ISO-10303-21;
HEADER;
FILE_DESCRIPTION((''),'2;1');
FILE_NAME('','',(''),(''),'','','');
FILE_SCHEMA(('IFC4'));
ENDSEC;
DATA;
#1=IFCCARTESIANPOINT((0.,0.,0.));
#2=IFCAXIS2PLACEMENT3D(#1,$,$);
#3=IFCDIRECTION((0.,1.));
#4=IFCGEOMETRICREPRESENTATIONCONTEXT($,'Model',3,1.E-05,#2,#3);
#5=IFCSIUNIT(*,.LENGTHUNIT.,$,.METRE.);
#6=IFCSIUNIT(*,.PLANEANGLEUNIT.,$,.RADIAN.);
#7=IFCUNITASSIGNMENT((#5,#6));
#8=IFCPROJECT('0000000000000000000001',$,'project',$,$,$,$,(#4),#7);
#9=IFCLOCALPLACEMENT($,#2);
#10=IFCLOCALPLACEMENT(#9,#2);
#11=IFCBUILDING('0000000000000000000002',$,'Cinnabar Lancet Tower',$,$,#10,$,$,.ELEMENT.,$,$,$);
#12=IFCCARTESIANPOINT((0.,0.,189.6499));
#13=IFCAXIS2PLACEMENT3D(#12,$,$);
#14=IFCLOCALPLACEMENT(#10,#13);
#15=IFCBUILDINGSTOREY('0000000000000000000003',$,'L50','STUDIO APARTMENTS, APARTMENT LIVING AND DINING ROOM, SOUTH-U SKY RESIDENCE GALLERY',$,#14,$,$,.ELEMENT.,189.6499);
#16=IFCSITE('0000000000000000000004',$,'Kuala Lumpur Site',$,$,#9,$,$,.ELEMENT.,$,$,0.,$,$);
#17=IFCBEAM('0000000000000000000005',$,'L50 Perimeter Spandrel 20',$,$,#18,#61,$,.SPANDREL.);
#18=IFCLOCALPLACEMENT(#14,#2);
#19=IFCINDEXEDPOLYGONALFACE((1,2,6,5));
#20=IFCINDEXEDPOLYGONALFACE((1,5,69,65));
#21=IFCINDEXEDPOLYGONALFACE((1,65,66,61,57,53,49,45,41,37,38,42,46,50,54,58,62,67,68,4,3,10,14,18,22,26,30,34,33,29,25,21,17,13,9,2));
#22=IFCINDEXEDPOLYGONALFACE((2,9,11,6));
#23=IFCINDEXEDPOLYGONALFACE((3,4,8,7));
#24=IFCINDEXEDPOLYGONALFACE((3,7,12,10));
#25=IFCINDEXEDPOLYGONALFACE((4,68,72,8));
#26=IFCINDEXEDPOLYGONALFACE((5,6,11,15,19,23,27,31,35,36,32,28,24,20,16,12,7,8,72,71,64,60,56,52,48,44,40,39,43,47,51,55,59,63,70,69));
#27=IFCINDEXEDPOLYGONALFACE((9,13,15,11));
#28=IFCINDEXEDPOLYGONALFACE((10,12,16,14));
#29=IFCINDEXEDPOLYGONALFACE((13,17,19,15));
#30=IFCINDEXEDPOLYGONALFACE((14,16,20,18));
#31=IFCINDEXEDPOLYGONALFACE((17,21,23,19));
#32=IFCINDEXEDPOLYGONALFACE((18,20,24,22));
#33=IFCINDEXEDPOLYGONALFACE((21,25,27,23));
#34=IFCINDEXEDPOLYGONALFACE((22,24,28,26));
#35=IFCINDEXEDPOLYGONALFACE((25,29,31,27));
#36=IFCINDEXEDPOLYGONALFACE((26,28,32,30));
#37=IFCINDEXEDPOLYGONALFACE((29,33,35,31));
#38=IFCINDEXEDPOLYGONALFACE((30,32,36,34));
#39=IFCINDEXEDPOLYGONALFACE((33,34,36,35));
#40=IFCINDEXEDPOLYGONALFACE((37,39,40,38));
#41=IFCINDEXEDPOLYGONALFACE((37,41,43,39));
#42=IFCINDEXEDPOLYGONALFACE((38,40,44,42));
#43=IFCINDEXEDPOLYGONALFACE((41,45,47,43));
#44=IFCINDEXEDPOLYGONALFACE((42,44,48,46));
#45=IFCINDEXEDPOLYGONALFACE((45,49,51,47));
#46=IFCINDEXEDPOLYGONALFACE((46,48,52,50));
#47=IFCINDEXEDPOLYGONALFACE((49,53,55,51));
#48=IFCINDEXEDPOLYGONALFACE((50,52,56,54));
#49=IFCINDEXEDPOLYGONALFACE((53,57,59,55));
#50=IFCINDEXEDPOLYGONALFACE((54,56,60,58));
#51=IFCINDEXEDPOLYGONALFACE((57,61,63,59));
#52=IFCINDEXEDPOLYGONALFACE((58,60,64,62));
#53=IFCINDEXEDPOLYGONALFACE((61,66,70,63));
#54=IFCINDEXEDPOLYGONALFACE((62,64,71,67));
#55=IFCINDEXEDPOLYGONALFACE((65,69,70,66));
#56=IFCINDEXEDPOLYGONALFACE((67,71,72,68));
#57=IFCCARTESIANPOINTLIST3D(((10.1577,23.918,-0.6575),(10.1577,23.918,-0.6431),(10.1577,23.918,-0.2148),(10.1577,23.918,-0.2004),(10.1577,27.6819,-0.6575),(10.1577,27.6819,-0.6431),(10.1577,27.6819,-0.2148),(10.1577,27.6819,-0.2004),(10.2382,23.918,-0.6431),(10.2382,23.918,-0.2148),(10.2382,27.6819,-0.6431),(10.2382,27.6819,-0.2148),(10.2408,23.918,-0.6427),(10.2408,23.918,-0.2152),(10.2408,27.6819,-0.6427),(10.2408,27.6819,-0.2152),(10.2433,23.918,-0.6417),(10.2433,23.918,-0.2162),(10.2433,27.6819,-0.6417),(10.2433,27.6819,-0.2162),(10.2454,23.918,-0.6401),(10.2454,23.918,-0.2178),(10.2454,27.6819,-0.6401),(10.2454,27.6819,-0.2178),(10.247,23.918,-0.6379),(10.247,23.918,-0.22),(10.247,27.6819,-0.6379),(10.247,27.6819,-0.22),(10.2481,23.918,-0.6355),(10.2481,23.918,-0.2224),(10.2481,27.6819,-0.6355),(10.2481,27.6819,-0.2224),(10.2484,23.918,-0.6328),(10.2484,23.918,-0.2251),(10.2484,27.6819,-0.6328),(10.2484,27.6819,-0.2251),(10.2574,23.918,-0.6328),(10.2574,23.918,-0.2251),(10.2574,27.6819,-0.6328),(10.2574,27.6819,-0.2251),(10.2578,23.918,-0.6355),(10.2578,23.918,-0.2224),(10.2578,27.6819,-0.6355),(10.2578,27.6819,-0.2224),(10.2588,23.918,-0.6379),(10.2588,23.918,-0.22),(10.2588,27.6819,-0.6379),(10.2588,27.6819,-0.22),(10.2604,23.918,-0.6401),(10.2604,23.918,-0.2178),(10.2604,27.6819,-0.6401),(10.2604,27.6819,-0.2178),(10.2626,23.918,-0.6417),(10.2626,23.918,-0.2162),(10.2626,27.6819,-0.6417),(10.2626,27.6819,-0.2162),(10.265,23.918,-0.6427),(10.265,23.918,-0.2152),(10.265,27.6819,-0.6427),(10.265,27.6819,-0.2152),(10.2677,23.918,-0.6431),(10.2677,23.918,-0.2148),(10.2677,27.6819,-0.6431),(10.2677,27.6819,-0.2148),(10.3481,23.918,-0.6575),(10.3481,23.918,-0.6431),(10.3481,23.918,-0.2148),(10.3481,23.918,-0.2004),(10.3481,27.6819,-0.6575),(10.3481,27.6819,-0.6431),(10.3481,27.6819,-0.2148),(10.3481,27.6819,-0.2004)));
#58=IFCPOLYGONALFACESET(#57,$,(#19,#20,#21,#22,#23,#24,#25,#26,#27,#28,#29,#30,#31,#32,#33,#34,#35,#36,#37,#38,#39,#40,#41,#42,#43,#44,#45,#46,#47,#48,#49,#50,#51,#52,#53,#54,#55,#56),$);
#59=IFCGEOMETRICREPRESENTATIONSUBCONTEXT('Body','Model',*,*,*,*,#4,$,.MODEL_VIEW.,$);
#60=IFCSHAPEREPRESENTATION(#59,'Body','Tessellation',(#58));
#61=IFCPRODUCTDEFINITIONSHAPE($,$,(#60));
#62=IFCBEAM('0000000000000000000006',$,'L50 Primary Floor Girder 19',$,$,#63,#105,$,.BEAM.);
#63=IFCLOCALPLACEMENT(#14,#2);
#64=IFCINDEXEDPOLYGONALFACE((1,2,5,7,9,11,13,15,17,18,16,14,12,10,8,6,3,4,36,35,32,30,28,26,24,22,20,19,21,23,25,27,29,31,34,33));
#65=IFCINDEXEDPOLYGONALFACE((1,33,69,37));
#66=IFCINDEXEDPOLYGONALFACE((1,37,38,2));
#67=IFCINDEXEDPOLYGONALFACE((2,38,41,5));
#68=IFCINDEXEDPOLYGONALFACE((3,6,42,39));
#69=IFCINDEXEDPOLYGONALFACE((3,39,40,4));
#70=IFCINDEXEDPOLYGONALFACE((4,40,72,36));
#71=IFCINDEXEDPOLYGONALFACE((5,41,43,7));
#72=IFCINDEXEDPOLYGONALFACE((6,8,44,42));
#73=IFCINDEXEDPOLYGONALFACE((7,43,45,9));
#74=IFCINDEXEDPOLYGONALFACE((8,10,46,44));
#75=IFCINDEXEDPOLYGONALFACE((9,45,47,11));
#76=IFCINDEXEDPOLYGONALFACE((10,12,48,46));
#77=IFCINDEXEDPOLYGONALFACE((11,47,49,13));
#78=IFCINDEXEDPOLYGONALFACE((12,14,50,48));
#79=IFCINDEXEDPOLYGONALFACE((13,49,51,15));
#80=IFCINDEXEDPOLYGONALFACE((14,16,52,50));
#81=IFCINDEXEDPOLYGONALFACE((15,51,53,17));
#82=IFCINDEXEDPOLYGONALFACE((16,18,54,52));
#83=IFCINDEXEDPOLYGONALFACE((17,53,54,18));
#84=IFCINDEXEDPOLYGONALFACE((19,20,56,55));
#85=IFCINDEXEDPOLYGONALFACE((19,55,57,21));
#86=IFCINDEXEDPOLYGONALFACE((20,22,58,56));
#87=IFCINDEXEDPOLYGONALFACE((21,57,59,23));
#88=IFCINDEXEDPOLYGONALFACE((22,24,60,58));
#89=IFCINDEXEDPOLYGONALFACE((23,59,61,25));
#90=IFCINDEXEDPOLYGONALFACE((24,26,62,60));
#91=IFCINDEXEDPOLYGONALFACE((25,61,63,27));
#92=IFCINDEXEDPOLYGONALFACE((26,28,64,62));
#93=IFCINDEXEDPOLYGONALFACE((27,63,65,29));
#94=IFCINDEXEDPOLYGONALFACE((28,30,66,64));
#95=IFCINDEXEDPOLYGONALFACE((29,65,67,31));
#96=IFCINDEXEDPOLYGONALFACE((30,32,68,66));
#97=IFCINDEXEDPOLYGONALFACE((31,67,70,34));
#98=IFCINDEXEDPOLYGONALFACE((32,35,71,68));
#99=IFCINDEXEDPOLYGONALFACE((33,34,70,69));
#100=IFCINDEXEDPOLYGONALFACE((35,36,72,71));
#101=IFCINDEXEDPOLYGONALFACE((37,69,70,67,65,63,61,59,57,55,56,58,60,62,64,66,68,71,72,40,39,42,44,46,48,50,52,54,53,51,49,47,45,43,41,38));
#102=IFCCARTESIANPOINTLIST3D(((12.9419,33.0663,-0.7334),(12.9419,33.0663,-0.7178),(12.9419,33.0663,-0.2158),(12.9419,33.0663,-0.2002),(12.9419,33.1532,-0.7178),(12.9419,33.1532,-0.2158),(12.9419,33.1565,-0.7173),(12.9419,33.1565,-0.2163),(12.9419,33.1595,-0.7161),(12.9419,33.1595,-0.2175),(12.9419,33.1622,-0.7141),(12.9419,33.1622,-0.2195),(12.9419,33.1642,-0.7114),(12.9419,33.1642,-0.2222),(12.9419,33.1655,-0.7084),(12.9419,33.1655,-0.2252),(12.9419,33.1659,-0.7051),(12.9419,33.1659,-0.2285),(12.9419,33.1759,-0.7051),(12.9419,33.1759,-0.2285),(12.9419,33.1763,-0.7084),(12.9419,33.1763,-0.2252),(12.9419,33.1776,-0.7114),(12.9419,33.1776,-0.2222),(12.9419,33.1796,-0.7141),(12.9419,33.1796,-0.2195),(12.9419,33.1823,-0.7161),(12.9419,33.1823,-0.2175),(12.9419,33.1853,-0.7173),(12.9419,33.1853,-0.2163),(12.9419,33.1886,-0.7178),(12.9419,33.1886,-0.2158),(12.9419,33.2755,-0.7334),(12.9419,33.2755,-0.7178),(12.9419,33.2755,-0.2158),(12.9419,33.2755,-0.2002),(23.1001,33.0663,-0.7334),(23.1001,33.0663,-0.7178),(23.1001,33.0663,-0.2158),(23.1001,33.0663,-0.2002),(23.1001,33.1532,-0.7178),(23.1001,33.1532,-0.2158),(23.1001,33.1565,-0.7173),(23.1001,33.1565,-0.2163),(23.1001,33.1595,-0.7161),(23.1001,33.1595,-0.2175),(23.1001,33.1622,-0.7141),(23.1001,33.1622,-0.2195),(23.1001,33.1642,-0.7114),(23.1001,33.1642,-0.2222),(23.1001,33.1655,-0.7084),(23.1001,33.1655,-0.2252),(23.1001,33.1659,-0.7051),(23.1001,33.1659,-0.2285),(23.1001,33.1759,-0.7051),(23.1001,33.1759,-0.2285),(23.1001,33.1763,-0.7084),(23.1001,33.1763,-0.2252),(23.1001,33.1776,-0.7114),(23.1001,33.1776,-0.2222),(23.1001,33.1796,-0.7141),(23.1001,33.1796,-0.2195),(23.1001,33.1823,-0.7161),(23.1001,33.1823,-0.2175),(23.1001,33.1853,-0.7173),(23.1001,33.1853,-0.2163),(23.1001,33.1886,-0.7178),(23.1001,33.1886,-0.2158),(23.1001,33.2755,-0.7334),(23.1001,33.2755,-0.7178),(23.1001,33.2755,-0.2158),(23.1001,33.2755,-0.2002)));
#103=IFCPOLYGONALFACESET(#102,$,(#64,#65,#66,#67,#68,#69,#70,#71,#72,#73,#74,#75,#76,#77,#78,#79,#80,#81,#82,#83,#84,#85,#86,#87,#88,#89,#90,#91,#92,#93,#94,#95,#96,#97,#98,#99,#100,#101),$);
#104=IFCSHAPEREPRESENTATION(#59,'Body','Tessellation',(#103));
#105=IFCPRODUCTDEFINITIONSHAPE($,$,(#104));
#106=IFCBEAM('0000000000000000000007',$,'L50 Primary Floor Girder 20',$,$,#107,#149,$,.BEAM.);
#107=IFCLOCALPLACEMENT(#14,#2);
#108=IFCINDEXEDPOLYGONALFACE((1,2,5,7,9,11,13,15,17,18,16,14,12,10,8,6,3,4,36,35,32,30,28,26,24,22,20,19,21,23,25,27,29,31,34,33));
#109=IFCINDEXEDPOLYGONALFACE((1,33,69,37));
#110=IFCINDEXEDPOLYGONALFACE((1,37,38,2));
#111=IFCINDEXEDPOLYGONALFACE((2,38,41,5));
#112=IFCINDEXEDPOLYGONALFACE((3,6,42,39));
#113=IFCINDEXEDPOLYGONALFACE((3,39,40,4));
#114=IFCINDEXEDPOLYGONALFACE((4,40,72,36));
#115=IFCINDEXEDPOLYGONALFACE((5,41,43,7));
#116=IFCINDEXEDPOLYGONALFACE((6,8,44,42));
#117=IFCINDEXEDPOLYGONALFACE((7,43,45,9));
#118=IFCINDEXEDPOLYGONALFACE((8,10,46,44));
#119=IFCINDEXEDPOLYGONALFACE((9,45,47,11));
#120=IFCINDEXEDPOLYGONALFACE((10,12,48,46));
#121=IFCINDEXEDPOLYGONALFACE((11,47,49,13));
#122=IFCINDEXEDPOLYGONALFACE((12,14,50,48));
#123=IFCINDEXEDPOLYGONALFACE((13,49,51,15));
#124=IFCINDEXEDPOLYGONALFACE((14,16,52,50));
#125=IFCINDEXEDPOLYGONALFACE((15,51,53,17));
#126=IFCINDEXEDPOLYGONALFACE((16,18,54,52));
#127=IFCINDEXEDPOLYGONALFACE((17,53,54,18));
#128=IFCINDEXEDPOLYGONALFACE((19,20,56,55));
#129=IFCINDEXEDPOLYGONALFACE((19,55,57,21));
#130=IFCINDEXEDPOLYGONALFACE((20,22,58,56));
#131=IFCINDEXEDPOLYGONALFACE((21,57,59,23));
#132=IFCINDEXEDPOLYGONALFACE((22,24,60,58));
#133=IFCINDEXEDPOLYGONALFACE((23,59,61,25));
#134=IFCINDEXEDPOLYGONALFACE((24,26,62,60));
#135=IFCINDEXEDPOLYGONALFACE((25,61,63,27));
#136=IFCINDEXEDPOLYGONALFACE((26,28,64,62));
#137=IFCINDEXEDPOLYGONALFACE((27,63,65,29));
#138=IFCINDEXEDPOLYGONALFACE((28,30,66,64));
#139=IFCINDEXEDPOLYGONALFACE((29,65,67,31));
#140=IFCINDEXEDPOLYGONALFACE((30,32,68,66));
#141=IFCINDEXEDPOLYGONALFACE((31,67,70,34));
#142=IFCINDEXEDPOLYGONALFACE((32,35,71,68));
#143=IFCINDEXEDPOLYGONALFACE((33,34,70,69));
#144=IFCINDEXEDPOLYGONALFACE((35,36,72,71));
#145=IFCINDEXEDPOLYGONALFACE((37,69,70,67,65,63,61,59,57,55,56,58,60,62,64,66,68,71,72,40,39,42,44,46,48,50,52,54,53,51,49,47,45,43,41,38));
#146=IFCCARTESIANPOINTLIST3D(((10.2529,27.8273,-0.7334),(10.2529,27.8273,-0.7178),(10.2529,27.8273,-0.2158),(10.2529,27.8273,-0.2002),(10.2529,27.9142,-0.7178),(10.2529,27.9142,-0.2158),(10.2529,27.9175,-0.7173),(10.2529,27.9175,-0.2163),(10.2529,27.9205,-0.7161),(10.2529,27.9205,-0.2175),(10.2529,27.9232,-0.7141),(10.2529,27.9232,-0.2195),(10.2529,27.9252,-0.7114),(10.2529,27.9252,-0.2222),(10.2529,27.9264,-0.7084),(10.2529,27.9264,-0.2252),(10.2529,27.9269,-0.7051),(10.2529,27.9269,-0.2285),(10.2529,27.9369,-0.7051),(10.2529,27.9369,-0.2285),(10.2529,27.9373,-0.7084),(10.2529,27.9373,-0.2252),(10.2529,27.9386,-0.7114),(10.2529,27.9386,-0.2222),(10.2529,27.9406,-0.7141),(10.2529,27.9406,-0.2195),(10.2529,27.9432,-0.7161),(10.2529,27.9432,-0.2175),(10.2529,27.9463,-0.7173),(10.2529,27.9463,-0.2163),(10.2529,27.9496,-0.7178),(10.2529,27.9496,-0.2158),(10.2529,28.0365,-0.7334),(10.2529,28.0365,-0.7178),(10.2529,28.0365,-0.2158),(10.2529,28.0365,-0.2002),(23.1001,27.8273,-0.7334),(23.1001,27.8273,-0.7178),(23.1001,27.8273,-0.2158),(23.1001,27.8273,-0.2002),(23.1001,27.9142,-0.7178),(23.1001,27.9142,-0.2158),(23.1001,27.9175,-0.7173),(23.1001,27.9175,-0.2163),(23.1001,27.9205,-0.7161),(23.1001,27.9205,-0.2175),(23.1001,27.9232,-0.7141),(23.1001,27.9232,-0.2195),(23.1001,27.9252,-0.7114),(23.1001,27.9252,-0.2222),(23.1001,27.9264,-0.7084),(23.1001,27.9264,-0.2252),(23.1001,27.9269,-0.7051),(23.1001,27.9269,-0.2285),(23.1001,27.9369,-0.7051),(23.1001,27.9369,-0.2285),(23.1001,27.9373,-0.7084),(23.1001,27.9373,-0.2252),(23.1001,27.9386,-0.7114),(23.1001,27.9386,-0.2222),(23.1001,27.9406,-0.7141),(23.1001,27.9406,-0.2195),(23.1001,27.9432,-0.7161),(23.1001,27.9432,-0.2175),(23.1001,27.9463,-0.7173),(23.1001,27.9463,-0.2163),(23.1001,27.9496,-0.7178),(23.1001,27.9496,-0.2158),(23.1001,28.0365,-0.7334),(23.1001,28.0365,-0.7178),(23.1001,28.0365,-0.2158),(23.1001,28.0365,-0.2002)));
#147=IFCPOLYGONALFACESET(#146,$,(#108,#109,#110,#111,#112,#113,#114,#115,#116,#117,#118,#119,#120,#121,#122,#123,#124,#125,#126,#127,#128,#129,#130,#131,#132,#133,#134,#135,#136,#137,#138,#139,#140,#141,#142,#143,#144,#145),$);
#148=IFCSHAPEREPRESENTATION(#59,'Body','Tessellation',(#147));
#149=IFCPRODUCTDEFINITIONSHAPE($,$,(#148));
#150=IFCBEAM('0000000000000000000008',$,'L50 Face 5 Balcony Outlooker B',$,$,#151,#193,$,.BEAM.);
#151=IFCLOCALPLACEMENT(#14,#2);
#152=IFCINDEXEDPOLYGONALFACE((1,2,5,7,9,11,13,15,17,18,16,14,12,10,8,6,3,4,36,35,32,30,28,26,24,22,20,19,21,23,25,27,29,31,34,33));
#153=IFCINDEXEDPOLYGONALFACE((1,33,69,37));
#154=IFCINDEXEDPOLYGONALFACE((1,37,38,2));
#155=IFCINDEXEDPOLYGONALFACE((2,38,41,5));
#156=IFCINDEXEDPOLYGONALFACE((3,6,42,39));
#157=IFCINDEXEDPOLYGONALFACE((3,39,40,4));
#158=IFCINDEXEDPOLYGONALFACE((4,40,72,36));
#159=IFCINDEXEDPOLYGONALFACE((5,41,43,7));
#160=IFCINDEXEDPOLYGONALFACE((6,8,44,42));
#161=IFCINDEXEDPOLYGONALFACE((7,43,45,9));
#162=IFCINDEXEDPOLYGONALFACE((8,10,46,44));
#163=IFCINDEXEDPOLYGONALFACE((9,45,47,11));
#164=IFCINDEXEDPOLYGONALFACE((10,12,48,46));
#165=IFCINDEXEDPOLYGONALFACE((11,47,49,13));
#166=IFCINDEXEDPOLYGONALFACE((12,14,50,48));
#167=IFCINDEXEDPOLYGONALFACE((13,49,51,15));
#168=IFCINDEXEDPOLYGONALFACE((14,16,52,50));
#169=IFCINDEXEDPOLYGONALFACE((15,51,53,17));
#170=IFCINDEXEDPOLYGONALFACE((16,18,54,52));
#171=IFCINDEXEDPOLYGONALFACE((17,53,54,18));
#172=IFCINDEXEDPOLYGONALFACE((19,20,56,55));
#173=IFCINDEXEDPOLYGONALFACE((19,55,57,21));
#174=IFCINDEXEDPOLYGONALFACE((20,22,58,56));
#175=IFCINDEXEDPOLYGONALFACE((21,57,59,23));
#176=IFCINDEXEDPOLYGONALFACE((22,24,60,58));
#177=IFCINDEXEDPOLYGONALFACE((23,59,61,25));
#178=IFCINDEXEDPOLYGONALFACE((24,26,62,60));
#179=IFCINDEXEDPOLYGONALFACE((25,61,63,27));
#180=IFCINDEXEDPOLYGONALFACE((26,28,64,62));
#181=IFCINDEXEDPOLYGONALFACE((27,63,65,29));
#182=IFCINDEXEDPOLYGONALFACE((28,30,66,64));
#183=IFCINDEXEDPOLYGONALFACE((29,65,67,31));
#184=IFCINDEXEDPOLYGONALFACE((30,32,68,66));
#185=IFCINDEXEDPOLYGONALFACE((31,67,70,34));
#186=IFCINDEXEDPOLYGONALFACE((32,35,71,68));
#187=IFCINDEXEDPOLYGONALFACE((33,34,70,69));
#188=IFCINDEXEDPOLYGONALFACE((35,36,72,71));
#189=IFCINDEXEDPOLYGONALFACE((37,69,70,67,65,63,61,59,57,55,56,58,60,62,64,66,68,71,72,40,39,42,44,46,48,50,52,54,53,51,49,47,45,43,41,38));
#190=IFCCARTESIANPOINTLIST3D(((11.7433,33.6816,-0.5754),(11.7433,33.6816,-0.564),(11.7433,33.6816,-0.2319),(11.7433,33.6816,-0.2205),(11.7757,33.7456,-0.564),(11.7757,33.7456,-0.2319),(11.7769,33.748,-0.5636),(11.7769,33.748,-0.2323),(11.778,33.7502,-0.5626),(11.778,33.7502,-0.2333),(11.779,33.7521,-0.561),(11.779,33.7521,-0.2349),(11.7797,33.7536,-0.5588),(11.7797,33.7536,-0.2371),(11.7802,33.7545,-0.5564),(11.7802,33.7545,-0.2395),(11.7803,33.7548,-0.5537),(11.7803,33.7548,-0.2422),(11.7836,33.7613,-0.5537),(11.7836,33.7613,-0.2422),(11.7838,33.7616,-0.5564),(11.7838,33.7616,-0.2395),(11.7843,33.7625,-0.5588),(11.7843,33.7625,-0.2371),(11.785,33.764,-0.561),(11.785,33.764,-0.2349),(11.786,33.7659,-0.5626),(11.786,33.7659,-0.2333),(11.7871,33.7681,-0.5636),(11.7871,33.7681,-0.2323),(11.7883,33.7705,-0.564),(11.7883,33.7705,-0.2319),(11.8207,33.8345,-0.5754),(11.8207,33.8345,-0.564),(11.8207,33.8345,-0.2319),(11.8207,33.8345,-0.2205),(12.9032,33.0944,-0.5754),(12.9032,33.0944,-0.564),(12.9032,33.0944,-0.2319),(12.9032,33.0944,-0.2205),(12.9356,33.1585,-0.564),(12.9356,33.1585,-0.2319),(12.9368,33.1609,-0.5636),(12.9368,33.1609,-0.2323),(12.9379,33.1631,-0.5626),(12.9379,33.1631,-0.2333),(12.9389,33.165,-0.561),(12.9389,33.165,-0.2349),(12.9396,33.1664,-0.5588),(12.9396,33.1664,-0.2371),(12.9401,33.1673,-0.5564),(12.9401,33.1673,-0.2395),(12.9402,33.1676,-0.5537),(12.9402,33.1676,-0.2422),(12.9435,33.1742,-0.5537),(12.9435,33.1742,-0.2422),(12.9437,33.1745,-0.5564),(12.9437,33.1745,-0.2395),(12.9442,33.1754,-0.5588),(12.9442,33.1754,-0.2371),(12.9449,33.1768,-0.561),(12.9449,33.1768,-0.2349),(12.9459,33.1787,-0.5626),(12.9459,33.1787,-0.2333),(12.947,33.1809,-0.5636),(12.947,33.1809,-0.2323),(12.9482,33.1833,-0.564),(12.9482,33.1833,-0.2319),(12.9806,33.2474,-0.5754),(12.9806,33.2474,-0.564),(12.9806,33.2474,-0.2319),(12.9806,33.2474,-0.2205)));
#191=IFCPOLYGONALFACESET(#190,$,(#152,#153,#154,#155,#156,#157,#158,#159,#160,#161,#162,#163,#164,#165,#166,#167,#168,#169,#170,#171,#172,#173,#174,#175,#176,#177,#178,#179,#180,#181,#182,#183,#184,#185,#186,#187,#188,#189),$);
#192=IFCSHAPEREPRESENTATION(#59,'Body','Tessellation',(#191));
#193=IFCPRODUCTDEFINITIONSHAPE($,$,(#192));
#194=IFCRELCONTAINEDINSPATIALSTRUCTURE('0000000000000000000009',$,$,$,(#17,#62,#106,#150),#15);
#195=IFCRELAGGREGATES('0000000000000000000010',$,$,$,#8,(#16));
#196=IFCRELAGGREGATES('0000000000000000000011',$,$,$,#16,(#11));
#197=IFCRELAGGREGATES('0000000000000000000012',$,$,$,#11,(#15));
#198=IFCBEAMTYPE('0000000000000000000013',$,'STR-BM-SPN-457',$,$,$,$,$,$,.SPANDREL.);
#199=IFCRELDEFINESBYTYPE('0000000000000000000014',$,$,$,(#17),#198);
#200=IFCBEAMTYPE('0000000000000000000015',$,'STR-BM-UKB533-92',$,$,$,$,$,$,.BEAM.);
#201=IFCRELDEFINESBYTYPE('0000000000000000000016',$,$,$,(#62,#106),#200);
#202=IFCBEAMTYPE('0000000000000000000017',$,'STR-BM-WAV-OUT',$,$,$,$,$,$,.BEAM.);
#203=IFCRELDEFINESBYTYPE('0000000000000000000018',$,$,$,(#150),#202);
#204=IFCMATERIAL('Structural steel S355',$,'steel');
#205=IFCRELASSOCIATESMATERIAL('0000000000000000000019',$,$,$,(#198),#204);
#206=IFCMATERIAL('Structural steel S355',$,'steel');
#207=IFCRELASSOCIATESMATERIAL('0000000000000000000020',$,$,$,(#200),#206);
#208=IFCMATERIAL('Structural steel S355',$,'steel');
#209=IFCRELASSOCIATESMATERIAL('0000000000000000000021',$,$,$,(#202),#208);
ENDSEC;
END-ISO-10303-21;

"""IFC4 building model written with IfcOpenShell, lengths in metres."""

from ifc_helpers import new_model, si_unit, direction, frame, origin, origin_2d, place, context, subcontext, project, spatial, i_section, extrude, material, material_profile, profile_set, type_object, element, save


model = new_model("IFC4")

# Units and contexts
model_context = context("Model", 3, precision=1e-05, world=origin(), true_north=direction((0.0, 1.0)))
body_context = subcontext(model_context, "Body", "Model", "MODEL_VIEW")
ifc_project = project(units=[si_unit("LENGTHUNIT", "METRE"), si_unit("PLANEANGLEUNIT", "RADIAN")], contexts=[model_context])

# Site, building, storey
site_placement = place(None, origin())
site = spatial("IfcSite", under=ifc_project, at=site_placement, Name="Kuala Lumpur Site", CompositionType="ELEMENT", RefElevation=0.0)
building_placement = place(site_placement, origin())
building = spatial("IfcBuilding", under=site, at=building_placement, Name="Cinnabar Lancet Tower", CompositionType="ELEMENT")
storey_placement = place(building_placement, frame((0.0, 0.0, 189.6499)))
storey = spatial("IfcBuildingStorey", under=building, at=storey_placement, Name="L50", Description="STUDIO APARTMENTS, APARTMENT LIVING AND DINING ROOM, SOUTH-U SKY RESIDENCE GALLERY", CompositionType="ELEMENT", Elevation=189.6499)

# Beams
ifc_material_1 = material(Name="Structural steel S355", Category="steel")
ifc_material_profile_1 = material_profile(ifc_material_1, i_section(OverallWidth=0.1904, OverallDepth=0.457, WebThickness=0.009, FlangeThickness=0.0144, FilletRadius=0.0103, at=origin_2d()), Name="UKB 457x191x74")
ifc_profile_set_1 = profile_set([ifc_material_profile_1], Name="Structural steel S355")
beam_type_1 = type_object("IfcBeamType", Name="STR-BM-SPN-457", PredefinedType="SPANDREL", material=ifc_profile_set_1)
beam_1_placement = place(storey_placement, frame((10.2529, 27.6819, -0.429), z_axis=(0.0, -1.0, 0.0), x_axis=(1.0, 0.0, 0.0)))
element("IfcBeam", 1, at=beam_1_placement, inside=storey, type_object=beam_type_1, Name="L50 Perimeter Spandrel 20", PredefinedType="SPANDREL", context=body_context, shape_type="SweptSolid", body=[
    extrude(i_section(OverallWidth=0.1904, OverallDepth=0.457, WebThickness=0.009, FlangeThickness=0.0144, FilletRadius=0.0103, at=origin_2d()), origin(), (0.0, 0.0, 1.0), 3.7639),
])
ifc_material_2 = material(Name="Structural steel S355", Category="steel")
ifc_material_profile_2 = material_profile(ifc_material_2, i_section(OverallWidth=0.2092, OverallDepth=0.5332, WebThickness=0.01, FlangeThickness=0.0156, FilletRadius=0.0127, at=origin_2d()), Name="UKB 533x210x92")
ifc_profile_set_2 = profile_set([ifc_material_profile_2], Name="Structural steel S355")
beam_type_2 = type_object("IfcBeamType", Name="STR-BM-UKB533-92", PredefinedType="BEAM", material=ifc_profile_set_2)
beam_2_placement = place(storey_placement, frame((12.9419, 33.1709, -0.4668), z_axis=(1.0, 0.0, 0.0), x_axis=(0.0, 1.0, 0.0)))
element("IfcBeam", 2, at=beam_2_placement, inside=storey, type_object=beam_type_2, Name="L50 Primary Floor Girder 19", PredefinedType="BEAM", context=body_context, shape_type="SweptSolid", body=[
    extrude(i_section(OverallWidth=0.2092, OverallDepth=0.5332, WebThickness=0.01, FlangeThickness=0.0156, FilletRadius=0.0127, at=origin_2d()), origin(), (0.0, 0.0, 1.0), 10.1582),
])
beam_3_placement = place(storey_placement, frame((10.2529, 27.9319, -0.4668), z_axis=(1.0, 0.0, 0.0), x_axis=(0.0, 1.0, 0.0)))
element("IfcBeam", 3, at=beam_3_placement, inside=storey, type_object=beam_type_2, Name="L50 Primary Floor Girder 20", PredefinedType="BEAM", context=body_context, shape_type="SweptSolid", body=[
    extrude(i_section(OverallWidth=0.2092, OverallDepth=0.5332, WebThickness=0.01, FlangeThickness=0.0156, FilletRadius=0.0127, at=origin_2d()), origin(), (0.0, 0.0, 1.0), 12.8472),
])
ifc_material_3 = material(Name="Structural steel S355", Category="steel")
ifc_material_profile_3 = material_profile(ifc_material_3, i_section(OverallWidth=0.1714, OverallDepth=0.355, WebThickness=0.0073, FlangeThickness=0.0115, FilletRadius=0.0103, at=origin_2d()), Name="UKB 356x171x51")
ifc_profile_set_3 = profile_set([ifc_material_profile_3], Name="Structural steel S355")
beam_type_3 = type_object("IfcBeamType", Name="STR-BM-WAV-OUT", PredefinedType="BEAM", material=ifc_profile_set_3)
beam_4_placement = place(storey_placement, frame((12.9419, 33.1709, -0.3979), z_axis=(-0.8922, 0.45164, 0.0), x_axis=(-0.45164, -0.8922, 0.0)))
element("IfcBeam", 4, at=beam_4_placement, inside=storey, type_object=beam_type_3, Name="L50 Face 5 Balcony Outlooker B", PredefinedType="BEAM", context=body_context, shape_type="SweptSolid", body=[
    extrude(i_section(OverallWidth=0.1714, OverallDepth=0.355, WebThickness=0.0073, FlangeThickness=0.0115, FilletRadius=0.0103, at=origin_2d()), origin(), (0.0, 0.0, 1.0), 1.3),
])

save(model, "model.ifc")
